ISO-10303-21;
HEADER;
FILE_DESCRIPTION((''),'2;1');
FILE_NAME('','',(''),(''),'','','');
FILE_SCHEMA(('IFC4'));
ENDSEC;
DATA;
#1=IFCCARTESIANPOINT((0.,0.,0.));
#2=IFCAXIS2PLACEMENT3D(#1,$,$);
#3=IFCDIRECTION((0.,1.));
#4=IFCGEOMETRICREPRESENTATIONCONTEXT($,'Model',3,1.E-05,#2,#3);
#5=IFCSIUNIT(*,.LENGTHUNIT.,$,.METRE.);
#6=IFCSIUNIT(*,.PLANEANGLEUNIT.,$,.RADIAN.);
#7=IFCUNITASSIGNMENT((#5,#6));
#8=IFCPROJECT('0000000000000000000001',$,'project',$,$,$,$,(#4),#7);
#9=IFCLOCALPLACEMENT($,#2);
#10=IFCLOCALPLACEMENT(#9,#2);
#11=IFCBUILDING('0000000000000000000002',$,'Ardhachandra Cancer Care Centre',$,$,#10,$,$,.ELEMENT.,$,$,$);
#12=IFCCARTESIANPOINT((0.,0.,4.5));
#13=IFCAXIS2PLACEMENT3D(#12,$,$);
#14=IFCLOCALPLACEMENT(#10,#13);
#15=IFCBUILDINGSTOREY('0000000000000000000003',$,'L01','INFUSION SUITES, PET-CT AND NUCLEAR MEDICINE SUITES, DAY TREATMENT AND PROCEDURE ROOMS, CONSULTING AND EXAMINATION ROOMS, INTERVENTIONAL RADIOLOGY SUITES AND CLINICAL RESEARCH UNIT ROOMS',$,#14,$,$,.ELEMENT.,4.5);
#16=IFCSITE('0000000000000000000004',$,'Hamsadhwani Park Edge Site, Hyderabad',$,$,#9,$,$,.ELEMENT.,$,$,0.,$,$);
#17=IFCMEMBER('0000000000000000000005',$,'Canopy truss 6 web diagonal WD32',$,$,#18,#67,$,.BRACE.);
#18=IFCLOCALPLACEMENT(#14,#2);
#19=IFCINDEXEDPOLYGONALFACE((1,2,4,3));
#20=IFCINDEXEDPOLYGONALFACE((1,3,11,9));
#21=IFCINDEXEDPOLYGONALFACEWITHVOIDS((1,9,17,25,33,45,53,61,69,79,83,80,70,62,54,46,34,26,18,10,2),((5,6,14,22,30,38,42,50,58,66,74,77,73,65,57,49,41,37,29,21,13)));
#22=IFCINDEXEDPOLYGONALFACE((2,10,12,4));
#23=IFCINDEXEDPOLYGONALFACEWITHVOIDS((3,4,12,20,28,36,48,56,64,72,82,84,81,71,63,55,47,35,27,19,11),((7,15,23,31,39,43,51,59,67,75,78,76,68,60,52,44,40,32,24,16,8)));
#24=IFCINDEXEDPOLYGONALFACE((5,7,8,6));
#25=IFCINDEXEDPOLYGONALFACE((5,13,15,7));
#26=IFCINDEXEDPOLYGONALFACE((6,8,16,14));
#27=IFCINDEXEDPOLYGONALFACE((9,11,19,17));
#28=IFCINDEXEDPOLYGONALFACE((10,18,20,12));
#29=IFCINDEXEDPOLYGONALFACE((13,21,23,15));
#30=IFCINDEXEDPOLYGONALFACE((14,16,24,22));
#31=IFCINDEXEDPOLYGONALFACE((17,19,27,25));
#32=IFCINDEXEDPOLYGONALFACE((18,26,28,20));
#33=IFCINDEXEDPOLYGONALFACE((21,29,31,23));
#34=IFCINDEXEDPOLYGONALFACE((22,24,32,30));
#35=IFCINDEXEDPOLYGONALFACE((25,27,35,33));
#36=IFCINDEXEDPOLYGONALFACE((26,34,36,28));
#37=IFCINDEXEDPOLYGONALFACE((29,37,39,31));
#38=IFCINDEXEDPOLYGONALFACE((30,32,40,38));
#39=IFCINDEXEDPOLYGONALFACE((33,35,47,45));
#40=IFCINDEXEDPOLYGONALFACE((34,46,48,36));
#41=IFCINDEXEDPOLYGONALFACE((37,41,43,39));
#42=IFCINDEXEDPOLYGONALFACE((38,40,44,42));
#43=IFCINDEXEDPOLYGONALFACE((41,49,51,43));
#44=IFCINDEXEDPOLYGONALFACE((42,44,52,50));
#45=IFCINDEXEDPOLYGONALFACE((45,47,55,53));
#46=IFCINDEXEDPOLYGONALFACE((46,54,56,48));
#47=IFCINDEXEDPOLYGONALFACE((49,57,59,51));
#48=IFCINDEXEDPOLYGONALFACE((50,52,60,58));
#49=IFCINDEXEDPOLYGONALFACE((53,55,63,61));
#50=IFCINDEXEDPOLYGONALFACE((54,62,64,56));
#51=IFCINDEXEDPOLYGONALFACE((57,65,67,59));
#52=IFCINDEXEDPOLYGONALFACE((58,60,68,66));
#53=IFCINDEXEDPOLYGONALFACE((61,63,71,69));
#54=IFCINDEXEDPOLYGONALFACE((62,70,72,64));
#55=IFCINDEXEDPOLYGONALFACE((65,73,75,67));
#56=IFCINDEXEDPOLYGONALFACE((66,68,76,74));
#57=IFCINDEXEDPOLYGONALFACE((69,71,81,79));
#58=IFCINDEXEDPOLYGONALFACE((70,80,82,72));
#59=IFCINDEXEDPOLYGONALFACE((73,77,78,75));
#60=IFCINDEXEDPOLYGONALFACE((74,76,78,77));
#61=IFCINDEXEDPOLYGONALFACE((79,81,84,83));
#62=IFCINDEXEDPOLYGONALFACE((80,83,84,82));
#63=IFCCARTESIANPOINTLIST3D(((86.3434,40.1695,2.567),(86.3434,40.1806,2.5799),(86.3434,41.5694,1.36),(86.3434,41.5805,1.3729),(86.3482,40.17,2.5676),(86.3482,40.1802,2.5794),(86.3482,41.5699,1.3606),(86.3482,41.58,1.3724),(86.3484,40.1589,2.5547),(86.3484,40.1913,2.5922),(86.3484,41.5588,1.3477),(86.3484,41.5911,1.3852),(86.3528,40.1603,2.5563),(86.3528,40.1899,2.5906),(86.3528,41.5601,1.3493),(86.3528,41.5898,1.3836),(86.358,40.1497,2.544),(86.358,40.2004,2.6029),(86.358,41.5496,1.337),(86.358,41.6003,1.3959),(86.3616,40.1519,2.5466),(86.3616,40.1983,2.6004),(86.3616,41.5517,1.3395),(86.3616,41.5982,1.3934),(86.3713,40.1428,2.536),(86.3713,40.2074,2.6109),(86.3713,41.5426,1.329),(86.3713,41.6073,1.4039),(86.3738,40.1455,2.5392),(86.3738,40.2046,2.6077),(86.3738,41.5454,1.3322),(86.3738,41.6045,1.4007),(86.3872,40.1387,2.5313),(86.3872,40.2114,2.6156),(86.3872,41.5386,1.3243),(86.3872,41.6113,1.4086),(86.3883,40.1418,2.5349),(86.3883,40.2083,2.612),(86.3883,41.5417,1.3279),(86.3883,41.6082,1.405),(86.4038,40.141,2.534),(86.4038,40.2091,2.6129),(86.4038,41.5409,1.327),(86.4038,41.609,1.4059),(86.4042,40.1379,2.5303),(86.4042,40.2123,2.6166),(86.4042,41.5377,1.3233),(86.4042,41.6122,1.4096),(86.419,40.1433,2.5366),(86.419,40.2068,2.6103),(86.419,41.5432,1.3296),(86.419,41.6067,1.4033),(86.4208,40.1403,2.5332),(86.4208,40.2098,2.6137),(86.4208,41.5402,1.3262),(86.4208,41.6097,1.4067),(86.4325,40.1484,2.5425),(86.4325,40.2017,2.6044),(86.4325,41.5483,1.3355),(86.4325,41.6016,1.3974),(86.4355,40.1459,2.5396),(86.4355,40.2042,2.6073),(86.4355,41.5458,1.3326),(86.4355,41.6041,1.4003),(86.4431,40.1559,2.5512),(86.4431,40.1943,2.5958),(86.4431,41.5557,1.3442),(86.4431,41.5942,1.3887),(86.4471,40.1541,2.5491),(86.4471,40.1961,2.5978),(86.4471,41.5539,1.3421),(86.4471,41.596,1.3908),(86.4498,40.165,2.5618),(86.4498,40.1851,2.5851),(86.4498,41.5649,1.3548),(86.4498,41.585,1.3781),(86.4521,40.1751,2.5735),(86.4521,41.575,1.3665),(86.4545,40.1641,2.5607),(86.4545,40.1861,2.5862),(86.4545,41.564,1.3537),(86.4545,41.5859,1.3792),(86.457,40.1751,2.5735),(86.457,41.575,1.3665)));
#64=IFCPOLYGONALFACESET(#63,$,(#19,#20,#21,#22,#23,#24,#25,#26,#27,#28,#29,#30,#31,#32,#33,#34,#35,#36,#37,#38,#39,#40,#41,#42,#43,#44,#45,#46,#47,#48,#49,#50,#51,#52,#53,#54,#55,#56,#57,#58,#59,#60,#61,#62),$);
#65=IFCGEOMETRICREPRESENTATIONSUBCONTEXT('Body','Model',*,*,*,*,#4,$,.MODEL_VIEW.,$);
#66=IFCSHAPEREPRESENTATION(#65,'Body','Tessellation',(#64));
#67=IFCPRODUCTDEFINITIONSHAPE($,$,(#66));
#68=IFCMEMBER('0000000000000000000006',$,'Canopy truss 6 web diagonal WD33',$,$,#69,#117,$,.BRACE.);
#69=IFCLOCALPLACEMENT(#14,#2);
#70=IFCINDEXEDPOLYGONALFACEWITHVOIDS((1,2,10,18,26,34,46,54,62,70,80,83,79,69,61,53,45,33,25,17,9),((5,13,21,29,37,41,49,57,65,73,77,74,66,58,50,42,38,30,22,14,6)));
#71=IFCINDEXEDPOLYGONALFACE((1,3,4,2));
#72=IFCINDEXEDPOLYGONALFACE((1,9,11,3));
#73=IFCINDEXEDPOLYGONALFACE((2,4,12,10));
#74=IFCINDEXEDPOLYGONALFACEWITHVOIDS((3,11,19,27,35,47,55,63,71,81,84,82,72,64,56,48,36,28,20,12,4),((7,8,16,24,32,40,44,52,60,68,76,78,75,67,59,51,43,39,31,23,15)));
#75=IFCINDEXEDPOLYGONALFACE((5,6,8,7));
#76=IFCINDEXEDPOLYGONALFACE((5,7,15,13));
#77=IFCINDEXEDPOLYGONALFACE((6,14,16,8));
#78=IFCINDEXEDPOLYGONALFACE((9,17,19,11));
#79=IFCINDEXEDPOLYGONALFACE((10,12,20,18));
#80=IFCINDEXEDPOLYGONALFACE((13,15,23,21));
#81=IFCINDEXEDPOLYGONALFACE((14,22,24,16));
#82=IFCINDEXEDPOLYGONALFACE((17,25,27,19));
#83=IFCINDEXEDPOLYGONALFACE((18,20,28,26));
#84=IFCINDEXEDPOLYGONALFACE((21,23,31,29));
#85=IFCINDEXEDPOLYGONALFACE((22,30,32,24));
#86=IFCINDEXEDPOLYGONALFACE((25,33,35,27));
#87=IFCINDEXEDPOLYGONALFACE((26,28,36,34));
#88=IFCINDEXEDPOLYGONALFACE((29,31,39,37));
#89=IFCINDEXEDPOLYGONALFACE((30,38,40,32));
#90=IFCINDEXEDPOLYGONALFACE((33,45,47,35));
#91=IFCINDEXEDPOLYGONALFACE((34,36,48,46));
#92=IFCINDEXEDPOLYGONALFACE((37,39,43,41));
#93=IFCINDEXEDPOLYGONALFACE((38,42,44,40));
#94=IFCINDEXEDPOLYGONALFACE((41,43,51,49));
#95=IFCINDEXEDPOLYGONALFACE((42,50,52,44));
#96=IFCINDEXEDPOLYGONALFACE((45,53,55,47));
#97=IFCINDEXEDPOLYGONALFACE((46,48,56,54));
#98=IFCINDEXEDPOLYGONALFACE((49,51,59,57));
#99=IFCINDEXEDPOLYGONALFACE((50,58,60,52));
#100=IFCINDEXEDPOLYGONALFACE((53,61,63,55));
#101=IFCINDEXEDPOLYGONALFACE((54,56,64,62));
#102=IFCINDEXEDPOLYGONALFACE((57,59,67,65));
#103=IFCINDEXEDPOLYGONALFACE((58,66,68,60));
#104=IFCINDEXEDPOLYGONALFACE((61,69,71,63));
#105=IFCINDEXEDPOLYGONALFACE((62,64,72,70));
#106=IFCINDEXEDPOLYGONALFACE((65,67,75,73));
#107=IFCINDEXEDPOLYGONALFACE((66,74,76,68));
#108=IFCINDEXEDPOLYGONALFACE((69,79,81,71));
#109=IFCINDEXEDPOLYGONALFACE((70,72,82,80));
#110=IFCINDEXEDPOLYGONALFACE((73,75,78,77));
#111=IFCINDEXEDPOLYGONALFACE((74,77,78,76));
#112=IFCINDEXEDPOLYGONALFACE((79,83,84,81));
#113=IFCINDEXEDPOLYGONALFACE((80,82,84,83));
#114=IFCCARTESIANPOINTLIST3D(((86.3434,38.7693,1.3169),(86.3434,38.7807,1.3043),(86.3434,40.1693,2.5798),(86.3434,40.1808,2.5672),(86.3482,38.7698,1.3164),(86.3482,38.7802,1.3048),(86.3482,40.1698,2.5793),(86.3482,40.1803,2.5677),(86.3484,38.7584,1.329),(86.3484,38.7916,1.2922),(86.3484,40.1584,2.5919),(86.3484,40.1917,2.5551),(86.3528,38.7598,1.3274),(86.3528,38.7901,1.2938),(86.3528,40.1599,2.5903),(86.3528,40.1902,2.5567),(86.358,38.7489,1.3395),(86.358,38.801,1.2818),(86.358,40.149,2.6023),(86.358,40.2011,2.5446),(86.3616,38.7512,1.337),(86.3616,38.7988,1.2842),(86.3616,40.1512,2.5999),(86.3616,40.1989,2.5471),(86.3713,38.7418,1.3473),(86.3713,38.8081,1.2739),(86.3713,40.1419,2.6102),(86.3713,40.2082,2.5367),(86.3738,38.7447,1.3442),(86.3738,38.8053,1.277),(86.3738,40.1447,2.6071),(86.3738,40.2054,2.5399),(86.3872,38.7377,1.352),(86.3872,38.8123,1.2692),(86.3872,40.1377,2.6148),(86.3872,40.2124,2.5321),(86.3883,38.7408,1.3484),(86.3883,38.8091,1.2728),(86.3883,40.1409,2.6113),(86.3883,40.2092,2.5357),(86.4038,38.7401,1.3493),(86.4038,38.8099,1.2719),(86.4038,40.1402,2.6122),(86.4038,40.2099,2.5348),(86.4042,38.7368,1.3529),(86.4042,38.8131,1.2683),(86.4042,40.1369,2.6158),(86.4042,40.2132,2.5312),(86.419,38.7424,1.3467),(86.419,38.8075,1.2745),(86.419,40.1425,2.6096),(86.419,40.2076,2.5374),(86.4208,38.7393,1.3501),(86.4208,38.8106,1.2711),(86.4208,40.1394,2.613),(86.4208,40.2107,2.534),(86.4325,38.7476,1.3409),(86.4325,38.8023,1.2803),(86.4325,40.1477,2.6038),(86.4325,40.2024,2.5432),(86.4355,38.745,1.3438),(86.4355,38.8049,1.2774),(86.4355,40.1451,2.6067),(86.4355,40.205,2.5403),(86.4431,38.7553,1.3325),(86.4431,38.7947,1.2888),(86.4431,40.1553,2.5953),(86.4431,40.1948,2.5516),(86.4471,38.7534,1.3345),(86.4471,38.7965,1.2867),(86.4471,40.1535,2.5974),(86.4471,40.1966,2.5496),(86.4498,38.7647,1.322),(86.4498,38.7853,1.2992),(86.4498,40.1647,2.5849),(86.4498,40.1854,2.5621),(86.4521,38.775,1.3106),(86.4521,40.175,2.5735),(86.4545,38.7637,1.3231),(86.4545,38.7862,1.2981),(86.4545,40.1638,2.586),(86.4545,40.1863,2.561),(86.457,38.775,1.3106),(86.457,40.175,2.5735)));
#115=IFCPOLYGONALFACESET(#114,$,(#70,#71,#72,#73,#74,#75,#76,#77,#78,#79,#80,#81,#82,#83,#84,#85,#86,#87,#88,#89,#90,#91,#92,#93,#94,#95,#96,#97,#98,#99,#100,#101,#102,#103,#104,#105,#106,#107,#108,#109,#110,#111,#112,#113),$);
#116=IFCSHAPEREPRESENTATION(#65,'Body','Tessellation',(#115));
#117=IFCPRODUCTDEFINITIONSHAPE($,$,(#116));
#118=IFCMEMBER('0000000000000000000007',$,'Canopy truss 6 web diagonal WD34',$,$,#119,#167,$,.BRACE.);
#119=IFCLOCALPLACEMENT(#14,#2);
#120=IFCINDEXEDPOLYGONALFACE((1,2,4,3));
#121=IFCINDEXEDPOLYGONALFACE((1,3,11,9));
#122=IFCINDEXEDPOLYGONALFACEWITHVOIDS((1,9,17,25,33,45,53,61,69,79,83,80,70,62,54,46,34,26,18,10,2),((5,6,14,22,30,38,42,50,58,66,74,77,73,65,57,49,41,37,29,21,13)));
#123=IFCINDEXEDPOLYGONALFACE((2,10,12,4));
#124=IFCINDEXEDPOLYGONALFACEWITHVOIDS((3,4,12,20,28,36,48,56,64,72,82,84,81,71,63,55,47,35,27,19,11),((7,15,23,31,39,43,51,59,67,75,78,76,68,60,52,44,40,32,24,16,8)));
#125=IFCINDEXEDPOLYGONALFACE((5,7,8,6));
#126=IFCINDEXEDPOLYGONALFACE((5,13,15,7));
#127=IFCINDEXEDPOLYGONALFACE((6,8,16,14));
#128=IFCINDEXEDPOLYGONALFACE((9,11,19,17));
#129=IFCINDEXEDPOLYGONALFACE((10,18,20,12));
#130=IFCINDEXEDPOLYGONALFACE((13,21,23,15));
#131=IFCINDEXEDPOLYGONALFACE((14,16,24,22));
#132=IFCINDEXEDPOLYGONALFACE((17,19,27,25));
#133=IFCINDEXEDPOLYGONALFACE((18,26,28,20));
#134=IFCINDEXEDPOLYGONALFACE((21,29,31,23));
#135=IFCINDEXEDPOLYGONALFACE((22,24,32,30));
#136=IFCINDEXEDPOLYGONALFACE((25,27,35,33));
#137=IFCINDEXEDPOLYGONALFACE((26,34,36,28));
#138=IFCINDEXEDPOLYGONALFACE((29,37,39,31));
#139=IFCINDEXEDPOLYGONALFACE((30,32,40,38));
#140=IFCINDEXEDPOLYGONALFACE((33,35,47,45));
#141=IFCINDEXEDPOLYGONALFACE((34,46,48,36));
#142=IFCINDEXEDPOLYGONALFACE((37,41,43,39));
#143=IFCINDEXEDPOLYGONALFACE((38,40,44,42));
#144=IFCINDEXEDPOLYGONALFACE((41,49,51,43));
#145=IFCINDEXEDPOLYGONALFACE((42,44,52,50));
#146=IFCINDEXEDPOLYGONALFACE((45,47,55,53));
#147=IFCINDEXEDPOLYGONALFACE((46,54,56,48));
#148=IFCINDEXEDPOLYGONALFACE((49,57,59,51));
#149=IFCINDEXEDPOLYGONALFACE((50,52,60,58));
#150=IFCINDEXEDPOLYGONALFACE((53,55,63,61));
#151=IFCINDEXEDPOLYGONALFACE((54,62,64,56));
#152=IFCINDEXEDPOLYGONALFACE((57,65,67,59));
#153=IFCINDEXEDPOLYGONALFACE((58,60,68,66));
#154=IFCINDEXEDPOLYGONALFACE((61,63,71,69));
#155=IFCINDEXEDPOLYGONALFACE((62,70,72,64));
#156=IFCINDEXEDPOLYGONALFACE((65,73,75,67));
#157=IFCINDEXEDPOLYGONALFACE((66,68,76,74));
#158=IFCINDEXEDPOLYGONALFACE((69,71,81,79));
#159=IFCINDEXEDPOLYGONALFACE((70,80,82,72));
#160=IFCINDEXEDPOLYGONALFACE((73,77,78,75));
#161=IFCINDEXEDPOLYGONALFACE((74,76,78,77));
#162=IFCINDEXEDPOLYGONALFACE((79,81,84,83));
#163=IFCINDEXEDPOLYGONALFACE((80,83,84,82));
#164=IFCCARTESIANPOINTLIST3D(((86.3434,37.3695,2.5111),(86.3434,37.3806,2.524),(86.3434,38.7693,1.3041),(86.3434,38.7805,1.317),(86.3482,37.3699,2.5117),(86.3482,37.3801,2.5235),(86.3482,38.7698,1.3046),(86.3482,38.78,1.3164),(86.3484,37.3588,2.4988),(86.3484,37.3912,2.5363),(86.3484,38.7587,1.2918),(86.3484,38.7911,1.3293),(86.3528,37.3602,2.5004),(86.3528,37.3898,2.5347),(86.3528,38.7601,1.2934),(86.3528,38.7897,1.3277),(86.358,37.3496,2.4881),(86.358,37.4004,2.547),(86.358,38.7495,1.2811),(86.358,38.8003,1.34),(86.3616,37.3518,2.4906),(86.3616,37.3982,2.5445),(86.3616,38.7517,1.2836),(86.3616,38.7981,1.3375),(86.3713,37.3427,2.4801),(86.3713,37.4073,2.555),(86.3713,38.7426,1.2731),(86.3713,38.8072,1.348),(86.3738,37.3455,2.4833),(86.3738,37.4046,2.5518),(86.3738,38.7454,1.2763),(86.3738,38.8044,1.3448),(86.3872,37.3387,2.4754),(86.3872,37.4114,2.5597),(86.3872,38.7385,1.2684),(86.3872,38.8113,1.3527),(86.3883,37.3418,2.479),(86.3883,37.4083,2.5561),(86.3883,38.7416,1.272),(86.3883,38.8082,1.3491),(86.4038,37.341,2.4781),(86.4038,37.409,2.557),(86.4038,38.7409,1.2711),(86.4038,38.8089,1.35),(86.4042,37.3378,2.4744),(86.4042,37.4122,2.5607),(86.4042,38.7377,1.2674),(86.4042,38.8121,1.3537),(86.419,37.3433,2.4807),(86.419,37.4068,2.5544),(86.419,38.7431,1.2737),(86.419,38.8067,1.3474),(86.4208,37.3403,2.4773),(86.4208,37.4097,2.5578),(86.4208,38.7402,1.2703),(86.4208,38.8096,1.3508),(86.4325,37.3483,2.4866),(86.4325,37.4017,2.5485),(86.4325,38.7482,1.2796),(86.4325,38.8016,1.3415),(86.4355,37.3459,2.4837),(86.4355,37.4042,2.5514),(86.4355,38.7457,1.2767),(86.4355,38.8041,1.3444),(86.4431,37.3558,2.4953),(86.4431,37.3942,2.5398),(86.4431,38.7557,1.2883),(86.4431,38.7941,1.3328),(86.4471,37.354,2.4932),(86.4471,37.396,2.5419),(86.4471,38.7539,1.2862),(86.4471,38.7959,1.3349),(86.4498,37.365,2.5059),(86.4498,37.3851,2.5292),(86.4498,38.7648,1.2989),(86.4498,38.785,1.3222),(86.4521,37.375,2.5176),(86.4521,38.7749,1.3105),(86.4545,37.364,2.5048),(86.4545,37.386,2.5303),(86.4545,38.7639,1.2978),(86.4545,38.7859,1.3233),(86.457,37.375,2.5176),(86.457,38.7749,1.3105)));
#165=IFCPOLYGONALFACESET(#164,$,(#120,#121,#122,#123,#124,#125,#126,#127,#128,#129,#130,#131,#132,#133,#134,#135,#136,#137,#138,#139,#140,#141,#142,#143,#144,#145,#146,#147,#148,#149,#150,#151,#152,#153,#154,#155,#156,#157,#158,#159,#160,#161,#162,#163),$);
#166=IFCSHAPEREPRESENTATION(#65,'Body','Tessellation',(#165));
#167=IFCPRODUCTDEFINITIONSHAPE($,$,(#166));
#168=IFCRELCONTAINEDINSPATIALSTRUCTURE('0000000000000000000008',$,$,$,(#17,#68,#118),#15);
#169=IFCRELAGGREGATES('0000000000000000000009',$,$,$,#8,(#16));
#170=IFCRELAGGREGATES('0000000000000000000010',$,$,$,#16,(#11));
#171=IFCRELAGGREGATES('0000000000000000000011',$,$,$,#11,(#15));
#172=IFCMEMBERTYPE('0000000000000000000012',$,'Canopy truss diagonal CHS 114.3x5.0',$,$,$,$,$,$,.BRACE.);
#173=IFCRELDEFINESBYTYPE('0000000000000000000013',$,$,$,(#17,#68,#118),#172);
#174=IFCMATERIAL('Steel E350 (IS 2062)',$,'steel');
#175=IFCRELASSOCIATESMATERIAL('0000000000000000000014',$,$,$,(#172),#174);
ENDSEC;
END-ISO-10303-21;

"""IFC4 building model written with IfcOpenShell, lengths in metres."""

from ifc_helpers import new_model, si_unit, direction, frame, origin, origin_2d, place, context, subcontext, project, spatial, hollow_circle, extrude, material, material_profile, profile_set, type_object, element, save


model = new_model("IFC4")

# Units and contexts
model_context = context("Model", 3, precision=1e-05, world=origin(), true_north=direction((0.0, 1.0)))
body_context = subcontext(model_context, "Body", "Model", "MODEL_VIEW")
ifc_project = project(units=[si_unit("LENGTHUNIT", "METRE"), si_unit("PLANEANGLEUNIT", "RADIAN")], contexts=[model_context])

# Site, building, storey
site_placement = place(None, origin())
site = spatial("IfcSite", under=ifc_project, at=site_placement, Name="Hamsadhwani Park Edge Site, Hyderabad", CompositionType="ELEMENT", RefElevation=0.0)
building_placement = place(site_placement, origin())
building = spatial("IfcBuilding", under=site, at=building_placement, Name="Ardhachandra Cancer Care Centre", CompositionType="ELEMENT")
storey_placement = place(building_placement, frame((0.0, 0.0, 4.5)))
storey = spatial("IfcBuildingStorey", under=building, at=storey_placement, Name="L01", Description="INFUSION SUITES, PET-CT AND NUCLEAR MEDICINE SUITES, DAY TREATMENT AND PROCEDURE ROOMS, CONSULTING AND EXAMINATION ROOMS, INTERVENTIONAL RADIOLOGY SUITES AND CLINICAL RESEARCH UNIT ROOMS", CompositionType="ELEMENT", Elevation=4.5)

# Members
ifc_material_1 = material(Name="Steel E350 (IS 2062)", Category="steel")
ifc_material_profile_1 = material_profile(ifc_material_1, hollow_circle(Radius=0.0571, WallThickness=0.0049, at=origin_2d()), Name="CHS 114.3x5.0")
ifc_profile_set_1 = profile_set([ifc_material_profile_1], Name="Steel E350 (IS 2062)")
member_type_1 = type_object("IfcMemberType", Name="Canopy truss diagonal CHS 114.3x5.0", PredefinedType="BRACE", material=ifc_profile_set_1)
member_1_placement = place(storey_placement, frame((86.3999, 41.575, 1.3665), z_axis=(0.0, -0.757351, 0.653008), x_axis=(1.0, 0.0, 0.0)))
element("IfcMember", 1, at=member_1_placement, inside=storey, type_object=member_type_1, Name="Canopy truss 6 web diagonal WD32", PredefinedType="BRACE", context=body_context, shape_type="SweptSolid", body=[
    extrude(hollow_circle(Radius=0.0571, WallThickness=0.0049, at=origin_2d()), origin(), (0.0, 0.0, 1.0), 1.8484),
])
member_2_placement = place(storey_placement, frame((86.3999, 40.175, 2.5735), z_axis=(0.0, -0.742553, -0.669787), x_axis=(1.0, 0.0, 0.0)))
element("IfcMember", 2, at=member_2_placement, inside=storey, type_object=member_type_1, Name="Canopy truss 6 web diagonal WD33", PredefinedType="BRACE", context=body_context, shape_type="SweptSolid", body=[
    extrude(hollow_circle(Radius=0.0571, WallThickness=0.0049, at=origin_2d()), origin(), (0.0, 0.0, 1.0), 1.8855),
])
member_3_placement = place(storey_placement, frame((86.3999, 38.7749, 1.3105), z_axis=(0.0, -0.757351, 0.653008), x_axis=(1.0, 0.0, 0.0)))
element("IfcMember", 3, at=member_3_placement, inside=storey, type_object=member_type_1, Name="Canopy truss 6 web diagonal WD34", PredefinedType="BRACE", context=body_context, shape_type="SweptSolid", body=[
    extrude(hollow_circle(Radius=0.0571, WallThickness=0.0049, at=origin_2d()), origin(), (0.0, 0.0, 1.0), 1.8484),
])

save(model, "model.ifc")
